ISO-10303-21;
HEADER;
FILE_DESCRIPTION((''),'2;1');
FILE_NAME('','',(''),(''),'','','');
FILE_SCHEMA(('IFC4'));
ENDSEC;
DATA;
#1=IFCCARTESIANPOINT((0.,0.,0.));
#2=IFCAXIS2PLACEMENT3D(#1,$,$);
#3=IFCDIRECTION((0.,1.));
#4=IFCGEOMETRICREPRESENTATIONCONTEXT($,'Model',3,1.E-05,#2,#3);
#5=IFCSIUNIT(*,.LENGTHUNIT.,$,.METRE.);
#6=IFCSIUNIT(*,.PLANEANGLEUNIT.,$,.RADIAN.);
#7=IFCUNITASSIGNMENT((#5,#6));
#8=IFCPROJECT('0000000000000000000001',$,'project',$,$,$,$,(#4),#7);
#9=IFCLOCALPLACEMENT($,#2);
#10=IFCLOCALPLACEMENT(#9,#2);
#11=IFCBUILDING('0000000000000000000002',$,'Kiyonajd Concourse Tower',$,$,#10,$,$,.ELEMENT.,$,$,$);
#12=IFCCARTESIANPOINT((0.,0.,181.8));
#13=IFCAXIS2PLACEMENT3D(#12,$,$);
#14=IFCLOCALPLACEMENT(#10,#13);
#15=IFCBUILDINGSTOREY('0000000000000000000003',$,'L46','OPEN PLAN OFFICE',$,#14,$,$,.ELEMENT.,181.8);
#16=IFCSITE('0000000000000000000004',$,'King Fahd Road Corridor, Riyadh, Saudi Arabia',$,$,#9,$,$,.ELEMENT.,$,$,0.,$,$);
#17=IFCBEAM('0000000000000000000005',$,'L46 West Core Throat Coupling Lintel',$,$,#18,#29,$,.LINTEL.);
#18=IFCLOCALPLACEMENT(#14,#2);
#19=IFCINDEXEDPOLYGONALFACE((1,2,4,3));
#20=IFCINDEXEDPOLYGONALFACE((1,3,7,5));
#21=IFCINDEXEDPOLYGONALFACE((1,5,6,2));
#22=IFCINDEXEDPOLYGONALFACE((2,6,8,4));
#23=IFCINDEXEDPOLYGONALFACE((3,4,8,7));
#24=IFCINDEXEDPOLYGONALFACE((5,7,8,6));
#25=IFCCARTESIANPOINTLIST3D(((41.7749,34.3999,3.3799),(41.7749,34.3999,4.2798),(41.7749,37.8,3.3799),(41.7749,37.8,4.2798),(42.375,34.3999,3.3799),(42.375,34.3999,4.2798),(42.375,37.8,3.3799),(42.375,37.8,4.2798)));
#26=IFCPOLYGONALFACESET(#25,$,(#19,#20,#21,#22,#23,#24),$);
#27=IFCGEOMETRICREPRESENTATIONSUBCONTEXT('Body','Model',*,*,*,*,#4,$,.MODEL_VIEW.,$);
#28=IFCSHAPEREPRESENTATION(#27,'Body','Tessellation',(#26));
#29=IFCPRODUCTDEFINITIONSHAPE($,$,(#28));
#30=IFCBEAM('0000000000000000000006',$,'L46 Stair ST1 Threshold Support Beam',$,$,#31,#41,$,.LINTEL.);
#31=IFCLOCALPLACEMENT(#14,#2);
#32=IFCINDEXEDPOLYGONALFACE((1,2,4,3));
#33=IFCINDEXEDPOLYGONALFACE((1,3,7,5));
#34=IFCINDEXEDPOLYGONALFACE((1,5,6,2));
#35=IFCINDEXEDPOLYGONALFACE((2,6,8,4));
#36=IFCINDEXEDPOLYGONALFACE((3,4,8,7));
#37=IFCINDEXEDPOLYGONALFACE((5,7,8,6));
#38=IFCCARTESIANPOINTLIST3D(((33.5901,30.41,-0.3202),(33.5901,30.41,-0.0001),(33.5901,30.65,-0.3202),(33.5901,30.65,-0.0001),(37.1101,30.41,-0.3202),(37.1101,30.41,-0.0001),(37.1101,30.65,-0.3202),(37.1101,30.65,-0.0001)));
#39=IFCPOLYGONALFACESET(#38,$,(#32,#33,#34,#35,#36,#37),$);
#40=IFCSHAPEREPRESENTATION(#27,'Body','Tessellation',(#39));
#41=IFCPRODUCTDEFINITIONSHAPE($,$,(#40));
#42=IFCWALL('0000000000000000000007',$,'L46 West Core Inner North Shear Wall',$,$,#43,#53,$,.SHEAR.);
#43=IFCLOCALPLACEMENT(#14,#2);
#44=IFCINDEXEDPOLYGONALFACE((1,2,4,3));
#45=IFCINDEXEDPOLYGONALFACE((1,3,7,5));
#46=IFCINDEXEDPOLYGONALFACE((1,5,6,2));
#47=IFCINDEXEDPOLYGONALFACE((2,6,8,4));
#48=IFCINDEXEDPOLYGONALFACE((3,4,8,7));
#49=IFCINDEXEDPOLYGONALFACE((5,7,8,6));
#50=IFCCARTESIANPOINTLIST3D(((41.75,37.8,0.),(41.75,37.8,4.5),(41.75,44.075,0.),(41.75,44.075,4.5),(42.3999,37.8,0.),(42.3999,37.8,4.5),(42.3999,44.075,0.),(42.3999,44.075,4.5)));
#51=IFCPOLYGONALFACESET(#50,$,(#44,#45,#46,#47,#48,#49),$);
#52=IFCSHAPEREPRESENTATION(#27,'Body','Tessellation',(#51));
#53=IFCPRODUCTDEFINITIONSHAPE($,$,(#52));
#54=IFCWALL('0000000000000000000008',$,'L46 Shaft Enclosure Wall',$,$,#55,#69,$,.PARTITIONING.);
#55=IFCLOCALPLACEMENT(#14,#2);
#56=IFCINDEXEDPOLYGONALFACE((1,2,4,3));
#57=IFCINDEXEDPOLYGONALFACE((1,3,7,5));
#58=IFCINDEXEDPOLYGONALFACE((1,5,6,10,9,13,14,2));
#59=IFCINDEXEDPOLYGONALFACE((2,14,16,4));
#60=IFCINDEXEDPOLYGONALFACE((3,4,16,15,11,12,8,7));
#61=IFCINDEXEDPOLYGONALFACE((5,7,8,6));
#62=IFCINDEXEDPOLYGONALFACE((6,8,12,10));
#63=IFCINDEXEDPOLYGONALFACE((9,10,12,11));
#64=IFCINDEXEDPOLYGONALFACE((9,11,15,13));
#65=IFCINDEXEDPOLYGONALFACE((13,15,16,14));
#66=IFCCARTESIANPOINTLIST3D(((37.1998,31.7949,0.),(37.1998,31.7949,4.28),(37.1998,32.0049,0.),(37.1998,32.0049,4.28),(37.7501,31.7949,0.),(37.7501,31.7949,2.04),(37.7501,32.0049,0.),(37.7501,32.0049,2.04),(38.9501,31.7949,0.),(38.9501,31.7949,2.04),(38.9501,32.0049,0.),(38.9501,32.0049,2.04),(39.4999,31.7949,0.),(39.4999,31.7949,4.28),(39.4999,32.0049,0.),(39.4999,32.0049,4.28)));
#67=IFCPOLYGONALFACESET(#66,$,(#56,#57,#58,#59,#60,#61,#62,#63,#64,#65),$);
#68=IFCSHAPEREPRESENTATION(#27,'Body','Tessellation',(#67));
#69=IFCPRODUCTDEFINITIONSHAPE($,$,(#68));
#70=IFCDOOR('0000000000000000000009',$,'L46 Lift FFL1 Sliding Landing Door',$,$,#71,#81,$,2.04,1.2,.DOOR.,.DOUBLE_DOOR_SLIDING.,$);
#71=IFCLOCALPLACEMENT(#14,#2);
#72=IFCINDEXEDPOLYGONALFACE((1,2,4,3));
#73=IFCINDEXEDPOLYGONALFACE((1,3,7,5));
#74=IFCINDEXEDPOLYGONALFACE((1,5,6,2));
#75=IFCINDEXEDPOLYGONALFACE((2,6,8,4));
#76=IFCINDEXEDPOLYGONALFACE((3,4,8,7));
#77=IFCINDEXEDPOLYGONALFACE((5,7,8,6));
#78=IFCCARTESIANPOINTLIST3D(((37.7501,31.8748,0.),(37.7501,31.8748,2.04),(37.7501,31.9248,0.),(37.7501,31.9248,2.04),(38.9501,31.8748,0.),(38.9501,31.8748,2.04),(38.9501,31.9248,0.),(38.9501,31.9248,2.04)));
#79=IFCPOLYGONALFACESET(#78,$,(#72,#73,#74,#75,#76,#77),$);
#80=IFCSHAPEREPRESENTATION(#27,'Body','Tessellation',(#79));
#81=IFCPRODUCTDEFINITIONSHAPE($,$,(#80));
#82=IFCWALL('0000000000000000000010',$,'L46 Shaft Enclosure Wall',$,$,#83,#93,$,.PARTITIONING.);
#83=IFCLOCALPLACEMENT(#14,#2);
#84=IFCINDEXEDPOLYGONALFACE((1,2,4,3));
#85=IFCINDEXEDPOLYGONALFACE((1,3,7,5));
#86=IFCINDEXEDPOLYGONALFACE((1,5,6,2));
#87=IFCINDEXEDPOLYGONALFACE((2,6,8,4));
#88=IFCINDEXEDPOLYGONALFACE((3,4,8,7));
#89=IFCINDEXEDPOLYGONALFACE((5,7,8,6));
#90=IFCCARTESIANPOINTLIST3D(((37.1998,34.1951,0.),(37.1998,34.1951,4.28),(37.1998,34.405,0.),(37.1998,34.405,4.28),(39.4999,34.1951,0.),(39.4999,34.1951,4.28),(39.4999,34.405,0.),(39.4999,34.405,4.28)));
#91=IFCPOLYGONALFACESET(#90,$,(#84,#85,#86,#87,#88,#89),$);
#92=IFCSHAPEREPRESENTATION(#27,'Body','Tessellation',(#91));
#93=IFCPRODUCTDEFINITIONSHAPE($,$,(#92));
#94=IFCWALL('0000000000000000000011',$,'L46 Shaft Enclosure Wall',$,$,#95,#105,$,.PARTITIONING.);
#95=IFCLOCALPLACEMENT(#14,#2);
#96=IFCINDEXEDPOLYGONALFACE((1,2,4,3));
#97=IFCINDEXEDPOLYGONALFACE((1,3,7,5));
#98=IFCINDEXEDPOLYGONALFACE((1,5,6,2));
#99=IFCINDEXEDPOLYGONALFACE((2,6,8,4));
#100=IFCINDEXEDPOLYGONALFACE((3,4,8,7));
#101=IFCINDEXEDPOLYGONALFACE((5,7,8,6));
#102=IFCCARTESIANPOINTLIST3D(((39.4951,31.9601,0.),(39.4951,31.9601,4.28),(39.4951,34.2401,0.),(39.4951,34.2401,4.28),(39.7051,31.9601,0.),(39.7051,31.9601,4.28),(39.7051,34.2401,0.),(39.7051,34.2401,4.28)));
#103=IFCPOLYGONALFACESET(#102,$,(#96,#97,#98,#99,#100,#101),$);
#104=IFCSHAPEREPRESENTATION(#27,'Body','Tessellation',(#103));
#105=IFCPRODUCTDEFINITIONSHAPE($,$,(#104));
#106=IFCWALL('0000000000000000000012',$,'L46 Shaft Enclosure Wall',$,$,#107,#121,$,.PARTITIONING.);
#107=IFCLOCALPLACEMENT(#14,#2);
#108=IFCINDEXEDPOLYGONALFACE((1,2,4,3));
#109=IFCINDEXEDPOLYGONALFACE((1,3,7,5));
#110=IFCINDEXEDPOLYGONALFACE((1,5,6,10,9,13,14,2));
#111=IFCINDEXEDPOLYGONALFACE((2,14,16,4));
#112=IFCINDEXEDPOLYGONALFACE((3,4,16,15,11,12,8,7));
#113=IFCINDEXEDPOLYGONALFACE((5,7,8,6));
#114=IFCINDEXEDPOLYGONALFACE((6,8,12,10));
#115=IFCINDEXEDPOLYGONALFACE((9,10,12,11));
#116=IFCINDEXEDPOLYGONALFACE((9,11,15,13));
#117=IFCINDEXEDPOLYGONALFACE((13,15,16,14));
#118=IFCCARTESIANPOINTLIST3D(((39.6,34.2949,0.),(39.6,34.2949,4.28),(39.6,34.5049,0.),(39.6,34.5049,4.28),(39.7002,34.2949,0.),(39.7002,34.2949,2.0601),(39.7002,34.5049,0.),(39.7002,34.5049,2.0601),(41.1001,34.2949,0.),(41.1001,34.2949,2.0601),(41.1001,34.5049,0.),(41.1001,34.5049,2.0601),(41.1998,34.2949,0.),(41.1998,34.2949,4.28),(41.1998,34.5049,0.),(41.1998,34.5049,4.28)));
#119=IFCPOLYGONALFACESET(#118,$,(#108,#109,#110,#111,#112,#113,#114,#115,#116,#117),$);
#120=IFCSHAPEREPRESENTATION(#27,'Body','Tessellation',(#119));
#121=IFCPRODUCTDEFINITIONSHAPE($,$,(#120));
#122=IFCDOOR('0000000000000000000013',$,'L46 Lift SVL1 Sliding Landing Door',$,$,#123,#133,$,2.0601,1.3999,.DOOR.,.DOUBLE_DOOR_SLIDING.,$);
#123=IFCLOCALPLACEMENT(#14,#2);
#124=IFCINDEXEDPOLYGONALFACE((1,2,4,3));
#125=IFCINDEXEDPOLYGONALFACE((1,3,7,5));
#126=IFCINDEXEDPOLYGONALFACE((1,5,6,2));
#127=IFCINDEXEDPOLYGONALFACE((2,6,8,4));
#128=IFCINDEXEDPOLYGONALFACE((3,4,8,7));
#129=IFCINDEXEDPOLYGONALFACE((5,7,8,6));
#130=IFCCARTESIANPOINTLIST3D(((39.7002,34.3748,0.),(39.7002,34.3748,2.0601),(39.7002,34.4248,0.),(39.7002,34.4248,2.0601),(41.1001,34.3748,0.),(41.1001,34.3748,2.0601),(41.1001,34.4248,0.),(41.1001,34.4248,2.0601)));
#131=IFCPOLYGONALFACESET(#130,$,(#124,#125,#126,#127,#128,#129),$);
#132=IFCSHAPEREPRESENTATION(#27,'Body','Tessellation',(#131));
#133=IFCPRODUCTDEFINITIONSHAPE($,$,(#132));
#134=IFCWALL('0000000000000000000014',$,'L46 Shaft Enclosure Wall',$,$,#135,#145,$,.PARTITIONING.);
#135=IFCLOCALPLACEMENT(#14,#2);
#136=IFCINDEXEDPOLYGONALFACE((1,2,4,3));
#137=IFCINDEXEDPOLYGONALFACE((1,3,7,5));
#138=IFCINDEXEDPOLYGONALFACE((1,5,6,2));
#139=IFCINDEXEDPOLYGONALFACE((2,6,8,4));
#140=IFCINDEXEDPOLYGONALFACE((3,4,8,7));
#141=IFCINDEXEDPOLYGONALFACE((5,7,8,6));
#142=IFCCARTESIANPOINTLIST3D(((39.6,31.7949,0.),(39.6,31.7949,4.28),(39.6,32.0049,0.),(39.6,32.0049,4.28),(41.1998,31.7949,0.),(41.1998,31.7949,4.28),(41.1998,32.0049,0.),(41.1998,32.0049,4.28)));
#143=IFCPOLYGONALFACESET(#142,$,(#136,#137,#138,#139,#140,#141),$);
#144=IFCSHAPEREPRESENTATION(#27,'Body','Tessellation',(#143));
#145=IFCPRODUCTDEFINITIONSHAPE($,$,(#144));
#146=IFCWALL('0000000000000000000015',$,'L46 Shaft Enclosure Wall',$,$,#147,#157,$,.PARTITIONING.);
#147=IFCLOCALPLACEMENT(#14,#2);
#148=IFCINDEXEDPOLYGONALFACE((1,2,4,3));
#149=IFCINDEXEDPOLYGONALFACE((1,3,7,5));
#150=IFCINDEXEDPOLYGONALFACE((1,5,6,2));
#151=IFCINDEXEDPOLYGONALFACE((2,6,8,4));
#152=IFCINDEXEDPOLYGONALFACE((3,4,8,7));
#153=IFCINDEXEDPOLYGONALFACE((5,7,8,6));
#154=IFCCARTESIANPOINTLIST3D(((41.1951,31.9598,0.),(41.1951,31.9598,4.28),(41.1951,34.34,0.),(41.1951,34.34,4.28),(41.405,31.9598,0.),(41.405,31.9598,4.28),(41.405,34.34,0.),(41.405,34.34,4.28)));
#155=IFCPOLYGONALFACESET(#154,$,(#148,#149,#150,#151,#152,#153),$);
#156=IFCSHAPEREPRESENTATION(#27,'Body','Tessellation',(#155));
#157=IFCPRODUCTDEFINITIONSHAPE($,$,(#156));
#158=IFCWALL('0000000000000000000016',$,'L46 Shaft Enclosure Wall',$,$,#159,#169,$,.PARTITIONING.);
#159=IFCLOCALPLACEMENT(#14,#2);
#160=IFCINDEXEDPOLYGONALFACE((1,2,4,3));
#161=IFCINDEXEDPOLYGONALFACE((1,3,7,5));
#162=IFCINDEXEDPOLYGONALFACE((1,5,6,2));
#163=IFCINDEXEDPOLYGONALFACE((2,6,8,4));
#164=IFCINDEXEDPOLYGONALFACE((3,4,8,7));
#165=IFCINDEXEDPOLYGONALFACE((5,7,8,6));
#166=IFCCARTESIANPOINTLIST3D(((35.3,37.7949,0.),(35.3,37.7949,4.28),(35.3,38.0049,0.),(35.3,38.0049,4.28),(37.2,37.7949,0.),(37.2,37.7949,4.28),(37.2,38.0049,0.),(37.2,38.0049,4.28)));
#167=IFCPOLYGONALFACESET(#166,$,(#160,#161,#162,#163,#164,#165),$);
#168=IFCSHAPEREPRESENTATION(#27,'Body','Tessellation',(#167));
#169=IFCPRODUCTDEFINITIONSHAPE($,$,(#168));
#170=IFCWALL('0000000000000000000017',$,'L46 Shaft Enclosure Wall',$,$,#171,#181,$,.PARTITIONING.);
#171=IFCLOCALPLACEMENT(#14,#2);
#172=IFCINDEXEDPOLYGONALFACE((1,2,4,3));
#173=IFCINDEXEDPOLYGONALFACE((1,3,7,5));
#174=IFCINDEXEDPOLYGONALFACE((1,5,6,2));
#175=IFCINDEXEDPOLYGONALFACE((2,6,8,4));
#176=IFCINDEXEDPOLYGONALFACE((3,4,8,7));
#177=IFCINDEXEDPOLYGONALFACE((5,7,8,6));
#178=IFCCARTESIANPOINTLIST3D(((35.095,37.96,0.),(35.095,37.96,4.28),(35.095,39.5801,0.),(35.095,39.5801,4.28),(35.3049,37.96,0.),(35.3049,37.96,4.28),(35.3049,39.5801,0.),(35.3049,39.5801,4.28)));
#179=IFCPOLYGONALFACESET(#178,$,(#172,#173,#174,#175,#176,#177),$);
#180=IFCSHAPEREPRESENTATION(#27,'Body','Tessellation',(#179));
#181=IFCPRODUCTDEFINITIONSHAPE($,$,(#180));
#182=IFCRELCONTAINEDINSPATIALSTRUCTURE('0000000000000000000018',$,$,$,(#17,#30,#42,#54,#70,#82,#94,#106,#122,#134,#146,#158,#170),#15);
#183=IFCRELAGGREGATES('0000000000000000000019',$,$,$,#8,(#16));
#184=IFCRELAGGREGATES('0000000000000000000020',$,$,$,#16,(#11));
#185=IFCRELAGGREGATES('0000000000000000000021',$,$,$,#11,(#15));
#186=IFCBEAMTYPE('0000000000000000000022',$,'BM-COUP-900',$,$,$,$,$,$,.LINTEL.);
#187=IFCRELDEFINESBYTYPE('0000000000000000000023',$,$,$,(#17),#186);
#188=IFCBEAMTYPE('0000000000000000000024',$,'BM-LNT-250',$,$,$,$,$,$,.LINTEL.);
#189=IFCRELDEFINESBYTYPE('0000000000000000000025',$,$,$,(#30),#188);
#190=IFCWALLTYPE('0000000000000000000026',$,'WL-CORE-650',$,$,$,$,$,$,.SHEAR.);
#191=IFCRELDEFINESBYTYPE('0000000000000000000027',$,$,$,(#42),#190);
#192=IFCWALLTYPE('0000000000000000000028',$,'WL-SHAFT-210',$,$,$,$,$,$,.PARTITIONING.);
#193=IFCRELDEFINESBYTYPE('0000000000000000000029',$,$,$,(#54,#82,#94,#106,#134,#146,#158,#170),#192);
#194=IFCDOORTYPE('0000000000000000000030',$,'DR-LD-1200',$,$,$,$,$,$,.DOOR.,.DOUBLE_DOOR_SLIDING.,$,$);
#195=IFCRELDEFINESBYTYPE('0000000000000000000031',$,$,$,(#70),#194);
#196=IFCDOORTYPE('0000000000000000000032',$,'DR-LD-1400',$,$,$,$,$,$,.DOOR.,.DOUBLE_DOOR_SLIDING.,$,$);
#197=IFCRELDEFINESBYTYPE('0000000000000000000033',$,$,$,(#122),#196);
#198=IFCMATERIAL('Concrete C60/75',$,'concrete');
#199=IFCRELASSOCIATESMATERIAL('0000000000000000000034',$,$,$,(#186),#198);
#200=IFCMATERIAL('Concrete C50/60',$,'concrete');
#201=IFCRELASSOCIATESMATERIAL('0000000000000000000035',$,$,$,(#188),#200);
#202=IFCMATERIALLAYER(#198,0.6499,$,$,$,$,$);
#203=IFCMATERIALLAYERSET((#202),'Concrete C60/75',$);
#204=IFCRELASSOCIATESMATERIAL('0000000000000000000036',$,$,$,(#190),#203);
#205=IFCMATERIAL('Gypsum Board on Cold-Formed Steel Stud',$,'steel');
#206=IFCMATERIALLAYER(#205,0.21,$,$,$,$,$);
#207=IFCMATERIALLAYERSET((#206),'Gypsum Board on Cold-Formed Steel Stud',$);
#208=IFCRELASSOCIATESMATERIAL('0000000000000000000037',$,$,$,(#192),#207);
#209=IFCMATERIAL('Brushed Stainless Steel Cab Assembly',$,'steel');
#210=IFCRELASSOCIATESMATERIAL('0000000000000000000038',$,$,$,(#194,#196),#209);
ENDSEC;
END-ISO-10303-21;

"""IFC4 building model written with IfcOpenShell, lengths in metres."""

from ifc_helpers import new_model, si_unit, direction, frame, frame_2d, origin, origin_2d, place, context, subcontext, project, spatial, rectangle, extrude, material, layer, layer_set, material_profile, profile_set, type_object, element, fill, save


model = new_model("IFC4")

# Units and contexts
model_context = context("Model", 3, precision=1e-05, world=origin(), true_north=direction((0.0, 1.0)))
body_context = subcontext(model_context, "Body", "Model", "MODEL_VIEW")
ifc_project = project(units=[si_unit("LENGTHUNIT", "METRE"), si_unit("PLANEANGLEUNIT", "RADIAN")], contexts=[model_context])

# Site, building, storey
site_placement = place(None, origin())
site = spatial("IfcSite", under=ifc_project, at=site_placement, Name="King Fahd Road Corridor, Riyadh, Saudi Arabia", CompositionType="ELEMENT", RefElevation=0.0)
building_placement = place(site_placement, origin())
building = spatial("IfcBuilding", under=site, at=building_placement, Name="Kiyonajd Concourse Tower", CompositionType="ELEMENT")
storey_placement = place(building_placement, frame((0.0, 0.0, 181.8)))
storey = spatial("IfcBuildingStorey", under=building, at=storey_placement, Name="L46", Description="OPEN PLAN OFFICE", CompositionType="ELEMENT", Elevation=181.8)

# Beams
ifc_material_1 = material(Name="Concrete C60/75", Category="concrete")
ifc_material_profile_1 = material_profile(ifc_material_1, rectangle(XDim=0.6001, YDim=0.8999, at=origin_2d()), Name="RCBM-600x900")
ifc_profile_set_1 = profile_set([ifc_material_profile_1], Name="Concrete C60/75")
beam_type_1 = type_object("IfcBeamType", Name="BM-COUP-900", PredefinedType="LINTEL", material=ifc_profile_set_1)
beam_1_placement = place(storey_placement, frame((42.075, 34.3999, 3.8298), z_axis=(0.0, 1.0, 0.0), x_axis=(-1.0, 0.0, 0.0)))
element("IfcBeam", 1, at=beam_1_placement, inside=storey, type_object=beam_type_1, Name="L46 West Core Throat Coupling Lintel", PredefinedType="LINTEL", context=body_context, shape_type="SweptSolid", body=[
    extrude(rectangle(XDim=0.6001, YDim=0.8999, at=origin_2d()), origin(), (0.0, 0.0, 1.0), 3.4001),
])
ifc_material_2 = material(Name="Concrete C50/60", Category="concrete")
ifc_material_profile_2 = material_profile(ifc_material_2, rectangle(XDim=0.24, YDim=0.3201, at=origin_2d()), Name="RCBM-240x320")
ifc_profile_set_2 = profile_set([ifc_material_profile_2], Name="Concrete C50/60")
beam_type_2 = type_object("IfcBeamType", Name="BM-LNT-250", PredefinedType="LINTEL", material=ifc_profile_set_2)
beam_2_placement = place(storey_placement, frame((33.5901, 30.53, -0.1602), z_axis=(1.0, 0.0, 0.0), x_axis=(0.0, 1.0, 0.0)))
element("IfcBeam", 2, at=beam_2_placement, inside=storey, type_object=beam_type_2, Name="L46 Stair ST1 Threshold Support Beam", PredefinedType="LINTEL", context=body_context, shape_type="SweptSolid", body=[
    extrude(rectangle(XDim=0.24, YDim=0.3201, at=origin_2d()), origin(), (0.0, 0.0, 1.0), 3.52),
])

# Wall
ifc_layer_1 = layer(ifc_material_1, 0.6499)
ifc_layer_set_1 = layer_set([ifc_layer_1], Name="Concrete C60/75")
wall_type_1 = type_object("IfcWallType", Name="WL-CORE-650", PredefinedType="SHEAR", material=ifc_layer_set_1)
wall_1_placement = place(storey_placement, frame((42.075, 37.8, 0.0), z_axis=(0.0, 0.0, 1.0), x_axis=(0.0, 1.0, 0.0)))
element("IfcWall", 3, at=wall_1_placement, inside=storey, type_object=wall_type_1, Name="L46 West Core Inner North Shear Wall", PredefinedType="SHEAR", context=body_context, shape_type="SweptSolid", body=[
    extrude(rectangle(XDim=6.2749, YDim=0.6499, at=frame_2d((3.1375, 0.0))), origin(), (0.0, 0.0, 1.0), 4.5),
])

# Wall, opening, door
ifc_material_3 = material(Name="Gypsum Board on Cold-Formed Steel Stud", Category="steel")
ifc_layer_2 = layer(ifc_material_3, 0.21)
ifc_layer_set_2 = layer_set([ifc_layer_2], Name="Gypsum Board on Cold-Formed Steel Stud")
wall_type_2 = type_object("IfcWallType", Name="WL-SHAFT-210", PredefinedType="PARTITIONING", material=ifc_layer_set_2)
wall_2_placement = place(storey_placement, frame((37.2, 31.8999, 0.0), z_axis=(0.0, 0.0, 1.0), x_axis=(1.0, 0.0, 0.0)))
wall_2 = element("IfcWall", 4, at=wall_2_placement, inside=storey, type_object=wall_type_2, Name="L46 Shaft Enclosure Wall", PredefinedType="PARTITIONING", context=body_context, shape_type="SweptSolid", body=[
    extrude(rectangle(XDim=2.3, YDim=0.21, at=frame_2d((1.1499, 0.0))), origin(), (0.0, 0.0, 1.0), 4.28),
])
opening_1_placement = place(wall_2_placement, frame((0.55, 0.0, 0.0)))
opening_1 = element("IfcOpeningElement", 5, at=opening_1_placement, cuts=wall_2, PredefinedType="OPENING", context=body_context, shape_type="SweptSolid", body=[
    extrude(rectangle(XDim=1.2, YDim=2.04, at=frame_2d((0.6001, 1.02))), frame((0.0, 0.115, 0.0), z_axis=(0.0, -1.0, 0.0), x_axis=(1.0, 0.0, 0.0)), (0.0, 0.0, 1.0), 0.23),
])
ifc_material_4 = material(Name="Brushed Stainless Steel Cab Assembly", Category="steel")
door_type_1 = type_object("IfcDoorType", Name="DR-LD-1200", OperationType="DOUBLE_DOOR_SLIDING", PredefinedType="DOOR", material=ifc_material_4)
door_1_placement = place(opening_1_placement, origin())
door_1 = element("IfcDoor", 6, at=door_1_placement, inside=storey, type_object=door_type_1, Name="L46 Lift FFL1 Sliding Landing Door", OperationType="DOUBLE_DOOR_SLIDING", OverallHeight=2.04, OverallWidth=1.2, PredefinedType="DOOR", context=body_context, shape_type="SweptSolid", body=[
    extrude(rectangle(XDim=1.2, YDim=2.04, at=frame_2d((0.6001, 1.02))), frame((0.0, 0.0249, 0.0), z_axis=(0.0, -1.0, 0.0), x_axis=(1.0, 0.0, 0.0)), (0.0, 0.0, 1.0), 0.05),
])
fill(opening_1, door_1)

# Walls
wall_3_placement = place(storey_placement, frame((37.2, 34.3, 0.0), z_axis=(0.0, 0.0, 1.0), x_axis=(1.0, 0.0, 0.0)))
element("IfcWall", 7, at=wall_3_placement, inside=storey, type_object=wall_type_2, Name="L46 Shaft Enclosure Wall", PredefinedType="PARTITIONING", context=body_context, shape_type="SweptSolid", body=[
    extrude(rectangle(XDim=2.3, YDim=0.21, at=frame_2d((1.1499, 0.0))), origin(), (0.0, 0.0, 1.0), 4.28),
])
wall_4_placement = place(storey_placement, frame((39.6001, 31.96, 0.0), z_axis=(0.0, 0.0, 1.0), x_axis=(0.0, 1.0, 0.0)))
element("IfcWall", 8, at=wall_4_placement, inside=storey, type_object=wall_type_2, Name="L46 Shaft Enclosure Wall", PredefinedType="PARTITIONING", context=body_context, shape_type="SweptSolid", body=[
    extrude(rectangle(XDim=2.28, YDim=0.21, at=frame_2d((1.1401, 0.0))), origin(), (0.0, 0.0, 1.0), 4.28),
])

# Wall, opening, door
wall_5_placement = place(storey_placement, frame((39.6001, 34.3999, 0.0), z_axis=(0.0, 0.0, 1.0), x_axis=(1.0, 0.0, 0.0)))
wall_5 = element("IfcWall", 9, at=wall_5_placement, inside=storey, type_object=wall_type_2, Name="L46 Shaft Enclosure Wall", PredefinedType="PARTITIONING", context=body_context, shape_type="SweptSolid", body=[
    extrude(rectangle(XDim=1.5999, YDim=0.21, at=frame_2d((0.7998, 0.0))), origin(), (0.0, 0.0, 1.0), 4.28),
])
opening_2_placement = place(wall_5_placement, frame((0.1001, 0.0, 0.0)))
opening_2 = element("IfcOpeningElement", 10, at=opening_2_placement, cuts=wall_5, PredefinedType="OPENING", context=body_context, shape_type="SweptSolid", body=[
    extrude(rectangle(XDim=1.3999, YDim=2.0601, at=frame_2d((0.7, 1.03))), frame((0.0, 0.115, 0.0), z_axis=(0.0, -1.0, 0.0), x_axis=(1.0, 0.0, 0.0)), (0.0, 0.0, 1.0), 0.23),
])
door_type_2 = type_object("IfcDoorType", Name="DR-LD-1400", OperationType="DOUBLE_DOOR_SLIDING", PredefinedType="DOOR", material=ifc_material_4)
door_2_placement = place(opening_2_placement, origin())
door_2 = element("IfcDoor", 11, at=door_2_placement, inside=storey, type_object=door_type_2, Name="L46 Lift SVL1 Sliding Landing Door", OperationType="DOUBLE_DOOR_SLIDING", OverallHeight=2.0601, OverallWidth=1.3999, PredefinedType="DOOR", context=body_context, shape_type="SweptSolid", body=[
    extrude(rectangle(XDim=1.3999, YDim=2.0601, at=frame_2d((0.7, 1.03))), frame((0.0, 0.0249, 0.0), z_axis=(0.0, -1.0, 0.0), x_axis=(1.0, 0.0, 0.0)), (0.0, 0.0, 1.0), 0.05),
])
fill(opening_2, door_2)

# Walls
wall_6_placement = place(storey_placement, frame((39.6001, 31.8999, 0.0), z_axis=(0.0, 0.0, 1.0), x_axis=(1.0, 0.0, 0.0)))
element("IfcWall", 12, at=wall_6_placement, inside=storey, type_object=wall_type_2, Name="L46 Shaft Enclosure Wall", PredefinedType="PARTITIONING", context=body_context, shape_type="SweptSolid", body=[
    extrude(rectangle(XDim=1.5999, YDim=0.21, at=frame_2d((0.7998, 0.0))), origin(), (0.0, 0.0, 1.0), 4.28),
])
wall_7_placement = place(storey_placement, frame((41.3, 31.96, 0.0), z_axis=(0.0, 0.0, 1.0), x_axis=(0.0, 1.0, 0.0)))
element("IfcWall", 13, at=wall_7_placement, inside=storey, type_object=wall_type_2, Name="L46 Shaft Enclosure Wall", PredefinedType="PARTITIONING", context=body_context, shape_type="SweptSolid", body=[
    extrude(rectangle(XDim=2.3801, YDim=0.21, at=frame_2d((1.1899, 0.0))), origin(), (0.0, 0.0, 1.0), 4.28),
])
wall_8_placement = place(storey_placement, frame((35.3, 37.8999, 0.0), z_axis=(0.0, 0.0, 1.0), x_axis=(1.0, 0.0, 0.0)))
element("IfcWall", 14, at=wall_8_placement, inside=storey, type_object=wall_type_2, Name="L46 Shaft Enclosure Wall", PredefinedType="PARTITIONING", context=body_context, shape_type="SweptSolid", body=[
    extrude(rectangle(XDim=1.8999, YDim=0.21, at=frame_2d((0.95, 0.0))), origin(), (0.0, 0.0, 1.0), 4.28),
])
wall_9_placement = place(storey_placement, frame((35.2, 37.96, 0.0), z_axis=(0.0, 0.0, 1.0), x_axis=(0.0, 1.0, 0.0)))
element("IfcWall", 15, at=wall_9_placement, inside=storey, type_object=wall_type_2, Name="L46 Shaft Enclosure Wall", PredefinedType="PARTITIONING", context=body_context, shape_type="SweptSolid", body=[
    extrude(rectangle(XDim=1.6201, YDim=0.21, at=frame_2d((0.8101, 0.0))), origin(), (0.0, 0.0, 1.0), 4.28),
])

save(model, "model.ifc")
